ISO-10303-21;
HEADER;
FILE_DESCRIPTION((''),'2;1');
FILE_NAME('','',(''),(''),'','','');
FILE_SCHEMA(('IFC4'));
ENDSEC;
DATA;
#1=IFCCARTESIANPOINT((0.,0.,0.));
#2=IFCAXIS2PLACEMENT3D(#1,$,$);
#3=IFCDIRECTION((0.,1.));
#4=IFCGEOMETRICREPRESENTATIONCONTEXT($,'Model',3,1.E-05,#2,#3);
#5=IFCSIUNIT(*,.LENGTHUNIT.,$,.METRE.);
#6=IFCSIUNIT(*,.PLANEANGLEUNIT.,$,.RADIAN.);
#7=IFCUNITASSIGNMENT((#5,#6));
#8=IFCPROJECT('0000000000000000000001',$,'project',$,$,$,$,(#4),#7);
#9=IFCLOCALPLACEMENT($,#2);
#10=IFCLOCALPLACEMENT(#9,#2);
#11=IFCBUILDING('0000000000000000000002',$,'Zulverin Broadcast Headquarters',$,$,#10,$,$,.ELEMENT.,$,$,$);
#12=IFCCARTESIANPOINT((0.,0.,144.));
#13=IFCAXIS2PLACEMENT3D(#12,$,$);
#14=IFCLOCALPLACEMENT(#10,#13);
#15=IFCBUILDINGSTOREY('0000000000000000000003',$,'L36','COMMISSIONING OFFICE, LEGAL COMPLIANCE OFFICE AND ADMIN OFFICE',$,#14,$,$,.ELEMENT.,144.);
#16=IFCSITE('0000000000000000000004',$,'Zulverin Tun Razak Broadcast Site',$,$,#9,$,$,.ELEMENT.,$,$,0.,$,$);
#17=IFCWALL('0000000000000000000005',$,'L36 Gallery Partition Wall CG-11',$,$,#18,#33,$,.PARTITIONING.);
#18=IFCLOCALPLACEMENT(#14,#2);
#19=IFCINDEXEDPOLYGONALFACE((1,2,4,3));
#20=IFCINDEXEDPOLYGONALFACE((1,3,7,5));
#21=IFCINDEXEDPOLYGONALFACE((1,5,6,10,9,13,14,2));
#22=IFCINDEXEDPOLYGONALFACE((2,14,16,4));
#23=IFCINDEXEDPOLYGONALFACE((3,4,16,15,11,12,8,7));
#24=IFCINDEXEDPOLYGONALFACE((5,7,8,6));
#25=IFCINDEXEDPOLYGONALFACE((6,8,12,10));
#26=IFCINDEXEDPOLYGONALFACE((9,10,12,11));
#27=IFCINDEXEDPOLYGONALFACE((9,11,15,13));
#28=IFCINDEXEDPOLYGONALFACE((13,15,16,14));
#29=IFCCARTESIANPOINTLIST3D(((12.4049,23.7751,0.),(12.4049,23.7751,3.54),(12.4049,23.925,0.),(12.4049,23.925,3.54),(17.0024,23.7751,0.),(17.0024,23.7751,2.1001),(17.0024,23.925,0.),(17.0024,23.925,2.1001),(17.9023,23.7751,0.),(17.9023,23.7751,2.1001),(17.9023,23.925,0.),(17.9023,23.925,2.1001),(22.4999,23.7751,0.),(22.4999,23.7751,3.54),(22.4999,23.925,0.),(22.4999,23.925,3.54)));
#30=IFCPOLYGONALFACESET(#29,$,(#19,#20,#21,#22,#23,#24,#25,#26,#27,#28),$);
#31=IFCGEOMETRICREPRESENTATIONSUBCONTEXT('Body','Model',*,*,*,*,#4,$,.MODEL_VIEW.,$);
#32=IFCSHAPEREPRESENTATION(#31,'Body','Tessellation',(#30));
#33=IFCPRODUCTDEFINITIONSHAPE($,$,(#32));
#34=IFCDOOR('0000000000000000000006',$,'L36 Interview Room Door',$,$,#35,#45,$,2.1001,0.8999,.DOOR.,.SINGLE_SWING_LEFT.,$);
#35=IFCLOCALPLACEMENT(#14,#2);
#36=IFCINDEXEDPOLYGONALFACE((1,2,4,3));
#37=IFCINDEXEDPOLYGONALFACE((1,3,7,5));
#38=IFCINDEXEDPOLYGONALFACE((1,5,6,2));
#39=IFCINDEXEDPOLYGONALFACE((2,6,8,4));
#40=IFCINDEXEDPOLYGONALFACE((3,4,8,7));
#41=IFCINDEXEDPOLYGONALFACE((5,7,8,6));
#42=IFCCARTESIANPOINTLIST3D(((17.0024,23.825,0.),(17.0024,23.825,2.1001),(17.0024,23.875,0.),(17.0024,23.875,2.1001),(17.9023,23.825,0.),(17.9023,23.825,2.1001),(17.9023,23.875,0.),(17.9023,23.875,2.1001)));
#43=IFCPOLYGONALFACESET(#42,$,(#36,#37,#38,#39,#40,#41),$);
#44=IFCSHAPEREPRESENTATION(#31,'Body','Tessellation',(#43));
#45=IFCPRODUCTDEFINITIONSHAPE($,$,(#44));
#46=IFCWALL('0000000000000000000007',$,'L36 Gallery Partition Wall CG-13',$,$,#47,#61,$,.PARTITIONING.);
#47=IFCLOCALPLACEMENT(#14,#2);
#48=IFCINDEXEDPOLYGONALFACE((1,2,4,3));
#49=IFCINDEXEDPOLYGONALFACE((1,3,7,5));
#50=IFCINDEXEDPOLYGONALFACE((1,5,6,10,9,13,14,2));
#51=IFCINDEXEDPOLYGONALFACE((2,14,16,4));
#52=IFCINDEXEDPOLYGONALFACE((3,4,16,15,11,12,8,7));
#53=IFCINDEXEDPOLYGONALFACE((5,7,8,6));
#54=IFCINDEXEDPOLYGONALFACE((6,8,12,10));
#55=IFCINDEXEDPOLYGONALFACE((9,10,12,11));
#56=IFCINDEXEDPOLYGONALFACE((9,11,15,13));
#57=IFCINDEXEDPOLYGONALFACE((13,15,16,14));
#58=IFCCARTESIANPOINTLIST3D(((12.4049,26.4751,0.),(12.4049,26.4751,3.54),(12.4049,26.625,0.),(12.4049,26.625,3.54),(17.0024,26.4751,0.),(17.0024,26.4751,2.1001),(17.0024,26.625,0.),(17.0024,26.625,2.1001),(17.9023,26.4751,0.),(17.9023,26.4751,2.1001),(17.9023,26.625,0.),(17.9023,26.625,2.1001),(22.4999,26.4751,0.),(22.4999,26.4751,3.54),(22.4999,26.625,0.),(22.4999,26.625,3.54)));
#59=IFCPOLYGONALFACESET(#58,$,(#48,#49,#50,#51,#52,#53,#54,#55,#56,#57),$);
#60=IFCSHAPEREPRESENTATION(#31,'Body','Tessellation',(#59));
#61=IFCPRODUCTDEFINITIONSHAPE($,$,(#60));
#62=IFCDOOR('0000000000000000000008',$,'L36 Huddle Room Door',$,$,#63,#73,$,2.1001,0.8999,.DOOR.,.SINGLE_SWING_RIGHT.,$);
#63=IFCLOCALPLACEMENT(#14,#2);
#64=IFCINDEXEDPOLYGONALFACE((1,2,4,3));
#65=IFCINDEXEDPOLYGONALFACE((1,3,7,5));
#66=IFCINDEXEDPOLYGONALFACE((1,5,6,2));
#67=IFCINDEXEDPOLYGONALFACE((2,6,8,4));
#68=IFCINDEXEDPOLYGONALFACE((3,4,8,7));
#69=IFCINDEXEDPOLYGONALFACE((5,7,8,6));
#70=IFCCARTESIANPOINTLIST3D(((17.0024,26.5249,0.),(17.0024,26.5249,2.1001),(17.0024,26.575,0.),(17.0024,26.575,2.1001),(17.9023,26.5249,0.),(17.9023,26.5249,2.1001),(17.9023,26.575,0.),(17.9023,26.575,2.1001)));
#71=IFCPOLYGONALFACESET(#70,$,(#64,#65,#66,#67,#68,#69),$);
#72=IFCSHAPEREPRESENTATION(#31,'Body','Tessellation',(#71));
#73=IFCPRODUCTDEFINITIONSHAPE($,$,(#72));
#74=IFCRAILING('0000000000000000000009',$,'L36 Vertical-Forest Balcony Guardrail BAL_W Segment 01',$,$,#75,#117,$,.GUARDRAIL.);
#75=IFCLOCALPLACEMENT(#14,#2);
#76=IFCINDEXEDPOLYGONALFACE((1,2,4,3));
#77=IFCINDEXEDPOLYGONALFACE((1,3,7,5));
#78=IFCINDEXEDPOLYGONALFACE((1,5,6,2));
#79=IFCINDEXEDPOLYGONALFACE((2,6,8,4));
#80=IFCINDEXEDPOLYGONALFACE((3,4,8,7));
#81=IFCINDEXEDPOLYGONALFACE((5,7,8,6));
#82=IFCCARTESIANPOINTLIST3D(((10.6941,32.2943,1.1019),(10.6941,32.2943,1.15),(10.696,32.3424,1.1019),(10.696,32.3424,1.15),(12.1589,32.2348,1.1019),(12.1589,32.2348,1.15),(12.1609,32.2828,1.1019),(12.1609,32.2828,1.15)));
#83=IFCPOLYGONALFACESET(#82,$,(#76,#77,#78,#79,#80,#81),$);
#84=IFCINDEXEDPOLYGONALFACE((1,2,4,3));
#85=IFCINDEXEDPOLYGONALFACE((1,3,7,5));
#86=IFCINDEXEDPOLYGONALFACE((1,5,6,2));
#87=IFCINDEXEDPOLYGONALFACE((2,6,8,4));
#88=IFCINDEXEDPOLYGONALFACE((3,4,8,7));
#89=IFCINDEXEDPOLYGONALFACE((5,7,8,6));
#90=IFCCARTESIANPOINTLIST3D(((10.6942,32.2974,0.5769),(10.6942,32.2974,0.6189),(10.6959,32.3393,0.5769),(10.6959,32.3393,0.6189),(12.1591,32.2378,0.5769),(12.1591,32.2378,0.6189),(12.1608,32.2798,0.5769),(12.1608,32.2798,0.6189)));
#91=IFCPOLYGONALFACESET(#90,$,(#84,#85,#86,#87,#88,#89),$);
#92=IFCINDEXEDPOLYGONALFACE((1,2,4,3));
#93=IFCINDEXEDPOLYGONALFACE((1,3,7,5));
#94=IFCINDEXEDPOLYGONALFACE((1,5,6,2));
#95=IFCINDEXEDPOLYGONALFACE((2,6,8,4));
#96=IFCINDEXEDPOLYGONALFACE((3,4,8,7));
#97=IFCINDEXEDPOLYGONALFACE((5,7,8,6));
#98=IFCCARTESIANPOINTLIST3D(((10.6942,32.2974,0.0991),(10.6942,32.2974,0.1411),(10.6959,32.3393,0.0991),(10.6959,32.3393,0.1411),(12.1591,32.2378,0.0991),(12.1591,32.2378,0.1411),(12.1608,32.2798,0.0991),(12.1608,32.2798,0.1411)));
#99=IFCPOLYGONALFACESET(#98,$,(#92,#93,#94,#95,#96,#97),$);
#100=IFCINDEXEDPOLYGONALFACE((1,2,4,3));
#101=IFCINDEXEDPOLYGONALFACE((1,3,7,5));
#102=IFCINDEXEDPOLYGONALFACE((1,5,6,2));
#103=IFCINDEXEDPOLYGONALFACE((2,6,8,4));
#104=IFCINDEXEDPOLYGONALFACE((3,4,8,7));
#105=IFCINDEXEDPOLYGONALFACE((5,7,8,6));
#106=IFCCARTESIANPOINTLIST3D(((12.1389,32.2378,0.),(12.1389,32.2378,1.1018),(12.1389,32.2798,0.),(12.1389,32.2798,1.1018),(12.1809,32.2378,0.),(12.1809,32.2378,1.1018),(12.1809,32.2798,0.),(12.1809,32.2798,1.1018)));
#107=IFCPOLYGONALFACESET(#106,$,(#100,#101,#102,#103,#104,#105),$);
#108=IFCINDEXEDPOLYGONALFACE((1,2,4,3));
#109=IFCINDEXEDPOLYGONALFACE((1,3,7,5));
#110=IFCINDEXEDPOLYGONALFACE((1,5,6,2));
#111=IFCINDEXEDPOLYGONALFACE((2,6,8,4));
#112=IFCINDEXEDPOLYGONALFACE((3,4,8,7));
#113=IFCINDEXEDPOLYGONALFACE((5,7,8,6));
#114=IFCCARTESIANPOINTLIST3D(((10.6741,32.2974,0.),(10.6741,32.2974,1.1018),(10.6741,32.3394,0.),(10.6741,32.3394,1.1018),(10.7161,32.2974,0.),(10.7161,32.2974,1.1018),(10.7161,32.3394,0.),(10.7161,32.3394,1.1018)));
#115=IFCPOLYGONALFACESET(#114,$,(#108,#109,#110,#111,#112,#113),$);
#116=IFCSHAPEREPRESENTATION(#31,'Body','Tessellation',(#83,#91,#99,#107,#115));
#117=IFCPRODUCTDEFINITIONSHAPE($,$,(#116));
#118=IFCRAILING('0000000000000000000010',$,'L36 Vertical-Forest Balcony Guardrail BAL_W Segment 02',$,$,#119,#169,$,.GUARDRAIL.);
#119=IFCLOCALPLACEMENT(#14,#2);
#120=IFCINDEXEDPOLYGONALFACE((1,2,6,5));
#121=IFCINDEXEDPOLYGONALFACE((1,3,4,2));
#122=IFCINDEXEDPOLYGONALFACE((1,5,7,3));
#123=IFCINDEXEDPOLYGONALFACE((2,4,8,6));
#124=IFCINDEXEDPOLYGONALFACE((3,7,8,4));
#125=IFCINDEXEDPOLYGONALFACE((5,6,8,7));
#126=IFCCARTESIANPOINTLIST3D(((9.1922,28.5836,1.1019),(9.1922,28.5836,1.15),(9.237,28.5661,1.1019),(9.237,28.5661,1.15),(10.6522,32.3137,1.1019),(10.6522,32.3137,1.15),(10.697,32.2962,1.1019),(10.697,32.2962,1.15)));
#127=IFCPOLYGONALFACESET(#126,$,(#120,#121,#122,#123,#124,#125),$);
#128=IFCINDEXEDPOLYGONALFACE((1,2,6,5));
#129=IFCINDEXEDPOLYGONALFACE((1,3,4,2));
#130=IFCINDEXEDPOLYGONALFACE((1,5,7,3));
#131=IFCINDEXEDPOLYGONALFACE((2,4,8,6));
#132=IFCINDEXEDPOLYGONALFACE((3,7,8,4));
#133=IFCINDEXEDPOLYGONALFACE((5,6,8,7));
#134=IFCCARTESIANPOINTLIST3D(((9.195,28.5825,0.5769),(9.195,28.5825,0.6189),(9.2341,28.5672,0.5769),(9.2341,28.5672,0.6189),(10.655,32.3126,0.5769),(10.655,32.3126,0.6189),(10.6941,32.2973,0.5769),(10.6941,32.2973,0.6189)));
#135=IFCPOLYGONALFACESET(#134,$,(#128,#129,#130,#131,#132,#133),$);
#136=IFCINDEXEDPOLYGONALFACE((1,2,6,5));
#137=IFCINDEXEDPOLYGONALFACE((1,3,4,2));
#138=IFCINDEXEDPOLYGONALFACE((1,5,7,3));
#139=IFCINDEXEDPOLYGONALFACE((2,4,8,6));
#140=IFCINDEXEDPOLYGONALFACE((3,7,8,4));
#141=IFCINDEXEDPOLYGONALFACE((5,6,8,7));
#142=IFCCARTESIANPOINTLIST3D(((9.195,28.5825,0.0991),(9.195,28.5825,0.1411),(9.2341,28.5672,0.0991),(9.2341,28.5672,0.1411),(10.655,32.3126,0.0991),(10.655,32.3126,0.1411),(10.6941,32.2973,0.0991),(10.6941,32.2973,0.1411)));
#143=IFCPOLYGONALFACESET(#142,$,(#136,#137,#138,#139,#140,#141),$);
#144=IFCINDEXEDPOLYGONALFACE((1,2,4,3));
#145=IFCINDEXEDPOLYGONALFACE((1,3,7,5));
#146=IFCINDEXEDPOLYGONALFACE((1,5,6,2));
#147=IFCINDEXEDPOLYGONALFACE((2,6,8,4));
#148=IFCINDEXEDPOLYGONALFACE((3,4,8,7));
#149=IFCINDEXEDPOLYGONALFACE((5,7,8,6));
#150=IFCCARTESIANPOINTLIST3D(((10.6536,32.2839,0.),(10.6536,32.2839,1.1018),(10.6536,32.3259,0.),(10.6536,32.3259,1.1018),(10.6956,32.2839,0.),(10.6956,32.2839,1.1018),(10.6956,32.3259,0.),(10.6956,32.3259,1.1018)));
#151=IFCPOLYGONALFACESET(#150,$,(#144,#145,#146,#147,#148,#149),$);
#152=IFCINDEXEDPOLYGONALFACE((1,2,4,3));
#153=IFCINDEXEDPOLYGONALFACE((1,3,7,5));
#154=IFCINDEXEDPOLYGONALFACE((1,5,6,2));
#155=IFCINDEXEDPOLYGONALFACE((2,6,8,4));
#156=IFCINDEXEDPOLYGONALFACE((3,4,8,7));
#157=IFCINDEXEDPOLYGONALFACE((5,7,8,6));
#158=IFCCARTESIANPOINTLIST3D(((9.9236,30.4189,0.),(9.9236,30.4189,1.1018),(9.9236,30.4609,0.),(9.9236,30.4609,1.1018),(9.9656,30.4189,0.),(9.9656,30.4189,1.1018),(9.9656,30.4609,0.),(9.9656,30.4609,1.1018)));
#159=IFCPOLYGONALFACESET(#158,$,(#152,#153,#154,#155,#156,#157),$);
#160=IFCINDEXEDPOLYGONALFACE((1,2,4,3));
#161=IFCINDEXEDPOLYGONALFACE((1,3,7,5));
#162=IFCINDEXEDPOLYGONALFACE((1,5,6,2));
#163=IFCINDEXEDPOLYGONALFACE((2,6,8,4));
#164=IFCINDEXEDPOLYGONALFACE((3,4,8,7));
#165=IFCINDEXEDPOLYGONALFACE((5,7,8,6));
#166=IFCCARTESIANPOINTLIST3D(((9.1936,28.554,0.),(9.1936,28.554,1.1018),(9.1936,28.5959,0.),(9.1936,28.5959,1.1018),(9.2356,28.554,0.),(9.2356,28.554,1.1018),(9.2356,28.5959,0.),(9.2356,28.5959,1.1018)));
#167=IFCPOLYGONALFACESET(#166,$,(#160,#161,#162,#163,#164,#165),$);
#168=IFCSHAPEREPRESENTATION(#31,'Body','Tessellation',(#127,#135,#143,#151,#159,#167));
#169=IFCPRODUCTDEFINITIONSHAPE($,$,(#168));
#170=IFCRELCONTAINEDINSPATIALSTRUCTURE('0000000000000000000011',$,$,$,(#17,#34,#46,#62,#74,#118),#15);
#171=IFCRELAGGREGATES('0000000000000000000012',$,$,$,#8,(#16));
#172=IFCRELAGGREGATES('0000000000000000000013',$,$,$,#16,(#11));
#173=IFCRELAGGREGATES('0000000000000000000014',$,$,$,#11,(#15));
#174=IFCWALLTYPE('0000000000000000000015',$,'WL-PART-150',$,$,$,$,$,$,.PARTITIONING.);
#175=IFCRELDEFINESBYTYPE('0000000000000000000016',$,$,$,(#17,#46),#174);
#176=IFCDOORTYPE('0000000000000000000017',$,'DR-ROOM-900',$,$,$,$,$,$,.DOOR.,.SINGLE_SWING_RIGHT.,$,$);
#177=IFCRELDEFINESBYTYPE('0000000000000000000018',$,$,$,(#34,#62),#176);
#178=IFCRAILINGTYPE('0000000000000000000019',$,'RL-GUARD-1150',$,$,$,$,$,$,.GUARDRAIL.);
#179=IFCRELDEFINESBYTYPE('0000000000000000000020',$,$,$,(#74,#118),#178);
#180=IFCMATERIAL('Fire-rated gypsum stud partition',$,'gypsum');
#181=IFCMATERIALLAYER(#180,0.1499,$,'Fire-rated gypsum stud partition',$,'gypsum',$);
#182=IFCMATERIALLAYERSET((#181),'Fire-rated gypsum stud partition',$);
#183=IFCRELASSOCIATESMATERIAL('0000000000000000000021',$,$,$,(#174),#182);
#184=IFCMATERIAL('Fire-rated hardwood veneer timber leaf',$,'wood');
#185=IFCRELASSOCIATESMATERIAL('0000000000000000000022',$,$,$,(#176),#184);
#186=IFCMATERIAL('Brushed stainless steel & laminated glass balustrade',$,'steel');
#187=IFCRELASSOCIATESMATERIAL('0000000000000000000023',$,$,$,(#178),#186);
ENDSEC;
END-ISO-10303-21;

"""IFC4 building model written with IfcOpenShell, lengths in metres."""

from ifc_helpers import new_model, si_unit, direction, frame, frame_2d, origin, origin_2d, place, context, subcontext, project, spatial, rectangle, extrude, material, layer, layer_set, type_object, element, fill, save


model = new_model("IFC4")

# Units and contexts
model_context = context("Model", 3, precision=1e-05, world=origin(), true_north=direction((0.0, 1.0)))
body_context = subcontext(model_context, "Body", "Model", "MODEL_VIEW")
ifc_project = project(units=[si_unit("LENGTHUNIT", "METRE"), si_unit("PLANEANGLEUNIT", "RADIAN")], contexts=[model_context])

# Site, building, storey
site_placement = place(None, origin())
site = spatial("IfcSite", under=ifc_project, at=site_placement, Name="Zulverin Tun Razak Broadcast Site", CompositionType="ELEMENT", RefElevation=0.0)
building_placement = place(site_placement, origin())
building = spatial("IfcBuilding", under=site, at=building_placement, Name="Zulverin Broadcast Headquarters", CompositionType="ELEMENT")
storey_placement = place(building_placement, frame((0.0, 0.0, 144.0)))
storey = spatial("IfcBuildingStorey", under=building, at=storey_placement, Name="L36", Description="COMMISSIONING OFFICE, LEGAL COMPLIANCE OFFICE AND ADMIN OFFICE", CompositionType="ELEMENT", Elevation=144.0)

# Shared definitions
ifc_material_1 = material(Name="Fire-rated gypsum stud partition", Category="gypsum")
ifc_layer_1 = layer(ifc_material_1, 0.1499, Name="Fire-rated gypsum stud partition", Category="gypsum")
ifc_layer_set_1 = layer_set([ifc_layer_1], Name="Fire-rated gypsum stud partition")
wall_type_1 = type_object("IfcWallType", Name="WL-PART-150", PredefinedType="PARTITIONING", material=ifc_layer_set_1)

# Walls, openings, doors
ifc_material_2 = material(Name="Fire-rated hardwood veneer timber leaf", Category="wood")
door_type_1 = type_object("IfcDoorType", Name="DR-ROOM-900", OperationType="SINGLE_SWING_RIGHT", PredefinedType="DOOR", material=ifc_material_2)
wall_1_placement = place(storey_placement, frame((12.405, 23.8501, 0.0), z_axis=(0.0, 0.0, 1.0), x_axis=(1.0, 0.0, 0.0)))
wall_1 = element("IfcWall", 1, at=wall_1_placement, inside=storey, type_object=wall_type_1, Name="L36 Gallery Partition Wall CG-11", PredefinedType="PARTITIONING", context=body_context, shape_type="SweptSolid", body=[
    extrude(rectangle(XDim=10.095, YDim=0.1499, at=frame_2d((5.0474, 0.0))), origin(), (0.0, 0.0, 1.0), 3.54),
])
opening_1_placement = place(wall_1_placement, frame((4.5974, 0.0, 0.0)))
opening_1 = element("IfcOpeningElement", 2, at=opening_1_placement, cuts=wall_1, PredefinedType="OPENING", context=body_context, shape_type="SweptSolid", body=[
    extrude(rectangle(XDim=0.8999, YDim=2.1001, at=frame_2d((0.45, 1.05))), frame((0.0, 0.085, 0.0), z_axis=(0.0, -1.0, 0.0), x_axis=(1.0, 0.0, 0.0)), (0.0, 0.0, 1.0), 0.1699),
])
door_1_placement = place(opening_1_placement, origin())
door_1 = element("IfcDoor", 3, at=door_1_placement, inside=storey, type_object=door_type_1, Name="L36 Interview Room Door", OperationType="SINGLE_SWING_LEFT", OverallHeight=2.1001, OverallWidth=0.8999, PredefinedType="DOOR", context=body_context, shape_type="SweptSolid", body=[
    extrude(rectangle(XDim=0.8999, YDim=2.1001, at=frame_2d((0.45, 1.05))), frame((0.0, 0.0249, 0.0), z_axis=(0.0, -1.0, 0.0), x_axis=(1.0, 0.0, 0.0)), (0.0, 0.0, 1.0), 0.05),
])
fill(opening_1, door_1)
wall_2_placement = place(storey_placement, frame((12.405, 26.55, 0.0), z_axis=(0.0, 0.0, 1.0), x_axis=(1.0, 0.0, 0.0)))
wall_2 = element("IfcWall", 4, at=wall_2_placement, inside=storey, type_object=wall_type_1, Name="L36 Gallery Partition Wall CG-13", PredefinedType="PARTITIONING", context=body_context, shape_type="SweptSolid", body=[
    extrude(rectangle(XDim=10.095, YDim=0.1499, at=frame_2d((5.0474, 0.0))), origin(), (0.0, 0.0, 1.0), 3.54),
])
opening_2_placement = place(wall_2_placement, frame((4.5974, 0.0, 0.0)))
opening_2 = element("IfcOpeningElement", 5, at=opening_2_placement, cuts=wall_2, PredefinedType="OPENING", context=body_context, shape_type="SweptSolid", body=[
    extrude(rectangle(XDim=0.8999, YDim=2.1001, at=frame_2d((0.45, 1.05))), frame((0.0, 0.085, 0.0), z_axis=(0.0, -1.0, 0.0), x_axis=(1.0, 0.0, 0.0)), (0.0, 0.0, 1.0), 0.1699),
])
door_2_placement = place(opening_2_placement, origin())
door_2 = element("IfcDoor", 6, at=door_2_placement, inside=storey, type_object=door_type_1, Name="L36 Huddle Room Door", OperationType="SINGLE_SWING_RIGHT", OverallHeight=2.1001, OverallWidth=0.8999, PredefinedType="DOOR", context=body_context, shape_type="SweptSolid", body=[
    extrude(rectangle(XDim=0.8999, YDim=2.1001, at=frame_2d((0.45, 1.05))), frame((0.0, 0.0249, 0.0), z_axis=(0.0, -1.0, 0.0), x_axis=(1.0, 0.0, 0.0)), (0.0, 0.0, 1.0), 0.05),
])
fill(opening_2, door_2)

# Railings
ifc_material_3 = material(Name="Brushed stainless steel & laminated glass balustrade", Category="steel")
railing_type = type_object("IfcRailingType", Name="RL-GUARD-1150", PredefinedType="GUARDRAIL", material=ifc_material_3)
railing_1_placement = place(storey_placement, frame((12.1599, 32.2588, 0.0)))
element("IfcRailing", 7, at=railing_1_placement, inside=storey, type_object=railing_type, Name="L36 Vertical-Forest Balcony Guardrail BAL_W Segment 01", PredefinedType="GUARDRAIL", context=body_context, shape_type="SweptSolid", body=[
    extrude(rectangle(XDim=0.0481, YDim=0.0481, at=origin_2d()), frame((0.0, 0.0, 1.126), z_axis=(-0.999174, 0.040633, 0.0), x_axis=(-0.040633, -0.999174, 0.0)), (0.0, 0.0, 1.0), 1.4661),
    extrude(rectangle(XDim=0.042, YDim=0.042, at=origin_2d()), frame((0.0, 0.0, 0.5979), z_axis=(-0.999174, 0.040633, 0.0), x_axis=(-0.040633, -0.999174, 0.0)), (0.0, 0.0, 1.0), 1.4661),
    extrude(rectangle(XDim=0.042, YDim=0.042, at=origin_2d()), frame((0.0, 0.0, 0.1201), z_axis=(-0.999174, 0.040633, 0.0), x_axis=(-0.040633, -0.999174, 0.0)), (0.0, 0.0, 1.0), 1.4661),
    extrude(rectangle(XDim=0.042, YDim=0.042, at=origin_2d()), origin(), (0.0, 0.0, 1.0), 1.1018),
    extrude(rectangle(XDim=0.042, YDim=0.042, at=origin_2d()), frame((-1.4648, 0.0596, 0.0)), (0.0, 0.0, 1.0), 1.1018),
])
railing_2_placement = place(storey_placement, frame((10.6746, 32.3049, 0.0)))
element("IfcRailing", 8, at=railing_2_placement, inside=storey, type_object=railing_type, Name="L36 Vertical-Forest Balcony Guardrail BAL_W Segment 02", PredefinedType="GUARDRAIL", context=body_context, shape_type="SweptSolid", body=[
    extrude(rectangle(XDim=0.0481, YDim=0.0481, at=origin_2d()), frame((0.0, 0.0, 1.126), z_axis=(-0.364487, -0.931209, 0.0), x_axis=(0.931209, -0.364487, 0.0)), (0.0, 0.0, 1.0), 4.0056),
    extrude(rectangle(XDim=0.042, YDim=0.042, at=origin_2d()), frame((0.0, 0.0, 0.5979), z_axis=(-0.364487, -0.931209, 0.0), x_axis=(0.931209, -0.364487, 0.0)), (0.0, 0.0, 1.0), 4.0056),
    extrude(rectangle(XDim=0.042, YDim=0.042, at=origin_2d()), frame((0.0, 0.0, 0.1201), z_axis=(-0.364487, -0.931209, 0.0), x_axis=(0.931209, -0.364487, 0.0)), (0.0, 0.0, 1.0), 4.0056),
    extrude(rectangle(XDim=0.042, YDim=0.042, at=origin_2d()), origin(), (0.0, 0.0, 1.0), 1.1018),
    extrude(rectangle(XDim=0.042, YDim=0.042, at=origin_2d()), frame((-0.73, -1.865, 0.0)), (0.0, 0.0, 1.0), 1.1018),
    extrude(rectangle(XDim=0.042, YDim=0.042, at=origin_2d()), frame((-1.46, -3.73, 0.0)), (0.0, 0.0, 1.0), 1.1018),
])

save(model, "model.ifc")
